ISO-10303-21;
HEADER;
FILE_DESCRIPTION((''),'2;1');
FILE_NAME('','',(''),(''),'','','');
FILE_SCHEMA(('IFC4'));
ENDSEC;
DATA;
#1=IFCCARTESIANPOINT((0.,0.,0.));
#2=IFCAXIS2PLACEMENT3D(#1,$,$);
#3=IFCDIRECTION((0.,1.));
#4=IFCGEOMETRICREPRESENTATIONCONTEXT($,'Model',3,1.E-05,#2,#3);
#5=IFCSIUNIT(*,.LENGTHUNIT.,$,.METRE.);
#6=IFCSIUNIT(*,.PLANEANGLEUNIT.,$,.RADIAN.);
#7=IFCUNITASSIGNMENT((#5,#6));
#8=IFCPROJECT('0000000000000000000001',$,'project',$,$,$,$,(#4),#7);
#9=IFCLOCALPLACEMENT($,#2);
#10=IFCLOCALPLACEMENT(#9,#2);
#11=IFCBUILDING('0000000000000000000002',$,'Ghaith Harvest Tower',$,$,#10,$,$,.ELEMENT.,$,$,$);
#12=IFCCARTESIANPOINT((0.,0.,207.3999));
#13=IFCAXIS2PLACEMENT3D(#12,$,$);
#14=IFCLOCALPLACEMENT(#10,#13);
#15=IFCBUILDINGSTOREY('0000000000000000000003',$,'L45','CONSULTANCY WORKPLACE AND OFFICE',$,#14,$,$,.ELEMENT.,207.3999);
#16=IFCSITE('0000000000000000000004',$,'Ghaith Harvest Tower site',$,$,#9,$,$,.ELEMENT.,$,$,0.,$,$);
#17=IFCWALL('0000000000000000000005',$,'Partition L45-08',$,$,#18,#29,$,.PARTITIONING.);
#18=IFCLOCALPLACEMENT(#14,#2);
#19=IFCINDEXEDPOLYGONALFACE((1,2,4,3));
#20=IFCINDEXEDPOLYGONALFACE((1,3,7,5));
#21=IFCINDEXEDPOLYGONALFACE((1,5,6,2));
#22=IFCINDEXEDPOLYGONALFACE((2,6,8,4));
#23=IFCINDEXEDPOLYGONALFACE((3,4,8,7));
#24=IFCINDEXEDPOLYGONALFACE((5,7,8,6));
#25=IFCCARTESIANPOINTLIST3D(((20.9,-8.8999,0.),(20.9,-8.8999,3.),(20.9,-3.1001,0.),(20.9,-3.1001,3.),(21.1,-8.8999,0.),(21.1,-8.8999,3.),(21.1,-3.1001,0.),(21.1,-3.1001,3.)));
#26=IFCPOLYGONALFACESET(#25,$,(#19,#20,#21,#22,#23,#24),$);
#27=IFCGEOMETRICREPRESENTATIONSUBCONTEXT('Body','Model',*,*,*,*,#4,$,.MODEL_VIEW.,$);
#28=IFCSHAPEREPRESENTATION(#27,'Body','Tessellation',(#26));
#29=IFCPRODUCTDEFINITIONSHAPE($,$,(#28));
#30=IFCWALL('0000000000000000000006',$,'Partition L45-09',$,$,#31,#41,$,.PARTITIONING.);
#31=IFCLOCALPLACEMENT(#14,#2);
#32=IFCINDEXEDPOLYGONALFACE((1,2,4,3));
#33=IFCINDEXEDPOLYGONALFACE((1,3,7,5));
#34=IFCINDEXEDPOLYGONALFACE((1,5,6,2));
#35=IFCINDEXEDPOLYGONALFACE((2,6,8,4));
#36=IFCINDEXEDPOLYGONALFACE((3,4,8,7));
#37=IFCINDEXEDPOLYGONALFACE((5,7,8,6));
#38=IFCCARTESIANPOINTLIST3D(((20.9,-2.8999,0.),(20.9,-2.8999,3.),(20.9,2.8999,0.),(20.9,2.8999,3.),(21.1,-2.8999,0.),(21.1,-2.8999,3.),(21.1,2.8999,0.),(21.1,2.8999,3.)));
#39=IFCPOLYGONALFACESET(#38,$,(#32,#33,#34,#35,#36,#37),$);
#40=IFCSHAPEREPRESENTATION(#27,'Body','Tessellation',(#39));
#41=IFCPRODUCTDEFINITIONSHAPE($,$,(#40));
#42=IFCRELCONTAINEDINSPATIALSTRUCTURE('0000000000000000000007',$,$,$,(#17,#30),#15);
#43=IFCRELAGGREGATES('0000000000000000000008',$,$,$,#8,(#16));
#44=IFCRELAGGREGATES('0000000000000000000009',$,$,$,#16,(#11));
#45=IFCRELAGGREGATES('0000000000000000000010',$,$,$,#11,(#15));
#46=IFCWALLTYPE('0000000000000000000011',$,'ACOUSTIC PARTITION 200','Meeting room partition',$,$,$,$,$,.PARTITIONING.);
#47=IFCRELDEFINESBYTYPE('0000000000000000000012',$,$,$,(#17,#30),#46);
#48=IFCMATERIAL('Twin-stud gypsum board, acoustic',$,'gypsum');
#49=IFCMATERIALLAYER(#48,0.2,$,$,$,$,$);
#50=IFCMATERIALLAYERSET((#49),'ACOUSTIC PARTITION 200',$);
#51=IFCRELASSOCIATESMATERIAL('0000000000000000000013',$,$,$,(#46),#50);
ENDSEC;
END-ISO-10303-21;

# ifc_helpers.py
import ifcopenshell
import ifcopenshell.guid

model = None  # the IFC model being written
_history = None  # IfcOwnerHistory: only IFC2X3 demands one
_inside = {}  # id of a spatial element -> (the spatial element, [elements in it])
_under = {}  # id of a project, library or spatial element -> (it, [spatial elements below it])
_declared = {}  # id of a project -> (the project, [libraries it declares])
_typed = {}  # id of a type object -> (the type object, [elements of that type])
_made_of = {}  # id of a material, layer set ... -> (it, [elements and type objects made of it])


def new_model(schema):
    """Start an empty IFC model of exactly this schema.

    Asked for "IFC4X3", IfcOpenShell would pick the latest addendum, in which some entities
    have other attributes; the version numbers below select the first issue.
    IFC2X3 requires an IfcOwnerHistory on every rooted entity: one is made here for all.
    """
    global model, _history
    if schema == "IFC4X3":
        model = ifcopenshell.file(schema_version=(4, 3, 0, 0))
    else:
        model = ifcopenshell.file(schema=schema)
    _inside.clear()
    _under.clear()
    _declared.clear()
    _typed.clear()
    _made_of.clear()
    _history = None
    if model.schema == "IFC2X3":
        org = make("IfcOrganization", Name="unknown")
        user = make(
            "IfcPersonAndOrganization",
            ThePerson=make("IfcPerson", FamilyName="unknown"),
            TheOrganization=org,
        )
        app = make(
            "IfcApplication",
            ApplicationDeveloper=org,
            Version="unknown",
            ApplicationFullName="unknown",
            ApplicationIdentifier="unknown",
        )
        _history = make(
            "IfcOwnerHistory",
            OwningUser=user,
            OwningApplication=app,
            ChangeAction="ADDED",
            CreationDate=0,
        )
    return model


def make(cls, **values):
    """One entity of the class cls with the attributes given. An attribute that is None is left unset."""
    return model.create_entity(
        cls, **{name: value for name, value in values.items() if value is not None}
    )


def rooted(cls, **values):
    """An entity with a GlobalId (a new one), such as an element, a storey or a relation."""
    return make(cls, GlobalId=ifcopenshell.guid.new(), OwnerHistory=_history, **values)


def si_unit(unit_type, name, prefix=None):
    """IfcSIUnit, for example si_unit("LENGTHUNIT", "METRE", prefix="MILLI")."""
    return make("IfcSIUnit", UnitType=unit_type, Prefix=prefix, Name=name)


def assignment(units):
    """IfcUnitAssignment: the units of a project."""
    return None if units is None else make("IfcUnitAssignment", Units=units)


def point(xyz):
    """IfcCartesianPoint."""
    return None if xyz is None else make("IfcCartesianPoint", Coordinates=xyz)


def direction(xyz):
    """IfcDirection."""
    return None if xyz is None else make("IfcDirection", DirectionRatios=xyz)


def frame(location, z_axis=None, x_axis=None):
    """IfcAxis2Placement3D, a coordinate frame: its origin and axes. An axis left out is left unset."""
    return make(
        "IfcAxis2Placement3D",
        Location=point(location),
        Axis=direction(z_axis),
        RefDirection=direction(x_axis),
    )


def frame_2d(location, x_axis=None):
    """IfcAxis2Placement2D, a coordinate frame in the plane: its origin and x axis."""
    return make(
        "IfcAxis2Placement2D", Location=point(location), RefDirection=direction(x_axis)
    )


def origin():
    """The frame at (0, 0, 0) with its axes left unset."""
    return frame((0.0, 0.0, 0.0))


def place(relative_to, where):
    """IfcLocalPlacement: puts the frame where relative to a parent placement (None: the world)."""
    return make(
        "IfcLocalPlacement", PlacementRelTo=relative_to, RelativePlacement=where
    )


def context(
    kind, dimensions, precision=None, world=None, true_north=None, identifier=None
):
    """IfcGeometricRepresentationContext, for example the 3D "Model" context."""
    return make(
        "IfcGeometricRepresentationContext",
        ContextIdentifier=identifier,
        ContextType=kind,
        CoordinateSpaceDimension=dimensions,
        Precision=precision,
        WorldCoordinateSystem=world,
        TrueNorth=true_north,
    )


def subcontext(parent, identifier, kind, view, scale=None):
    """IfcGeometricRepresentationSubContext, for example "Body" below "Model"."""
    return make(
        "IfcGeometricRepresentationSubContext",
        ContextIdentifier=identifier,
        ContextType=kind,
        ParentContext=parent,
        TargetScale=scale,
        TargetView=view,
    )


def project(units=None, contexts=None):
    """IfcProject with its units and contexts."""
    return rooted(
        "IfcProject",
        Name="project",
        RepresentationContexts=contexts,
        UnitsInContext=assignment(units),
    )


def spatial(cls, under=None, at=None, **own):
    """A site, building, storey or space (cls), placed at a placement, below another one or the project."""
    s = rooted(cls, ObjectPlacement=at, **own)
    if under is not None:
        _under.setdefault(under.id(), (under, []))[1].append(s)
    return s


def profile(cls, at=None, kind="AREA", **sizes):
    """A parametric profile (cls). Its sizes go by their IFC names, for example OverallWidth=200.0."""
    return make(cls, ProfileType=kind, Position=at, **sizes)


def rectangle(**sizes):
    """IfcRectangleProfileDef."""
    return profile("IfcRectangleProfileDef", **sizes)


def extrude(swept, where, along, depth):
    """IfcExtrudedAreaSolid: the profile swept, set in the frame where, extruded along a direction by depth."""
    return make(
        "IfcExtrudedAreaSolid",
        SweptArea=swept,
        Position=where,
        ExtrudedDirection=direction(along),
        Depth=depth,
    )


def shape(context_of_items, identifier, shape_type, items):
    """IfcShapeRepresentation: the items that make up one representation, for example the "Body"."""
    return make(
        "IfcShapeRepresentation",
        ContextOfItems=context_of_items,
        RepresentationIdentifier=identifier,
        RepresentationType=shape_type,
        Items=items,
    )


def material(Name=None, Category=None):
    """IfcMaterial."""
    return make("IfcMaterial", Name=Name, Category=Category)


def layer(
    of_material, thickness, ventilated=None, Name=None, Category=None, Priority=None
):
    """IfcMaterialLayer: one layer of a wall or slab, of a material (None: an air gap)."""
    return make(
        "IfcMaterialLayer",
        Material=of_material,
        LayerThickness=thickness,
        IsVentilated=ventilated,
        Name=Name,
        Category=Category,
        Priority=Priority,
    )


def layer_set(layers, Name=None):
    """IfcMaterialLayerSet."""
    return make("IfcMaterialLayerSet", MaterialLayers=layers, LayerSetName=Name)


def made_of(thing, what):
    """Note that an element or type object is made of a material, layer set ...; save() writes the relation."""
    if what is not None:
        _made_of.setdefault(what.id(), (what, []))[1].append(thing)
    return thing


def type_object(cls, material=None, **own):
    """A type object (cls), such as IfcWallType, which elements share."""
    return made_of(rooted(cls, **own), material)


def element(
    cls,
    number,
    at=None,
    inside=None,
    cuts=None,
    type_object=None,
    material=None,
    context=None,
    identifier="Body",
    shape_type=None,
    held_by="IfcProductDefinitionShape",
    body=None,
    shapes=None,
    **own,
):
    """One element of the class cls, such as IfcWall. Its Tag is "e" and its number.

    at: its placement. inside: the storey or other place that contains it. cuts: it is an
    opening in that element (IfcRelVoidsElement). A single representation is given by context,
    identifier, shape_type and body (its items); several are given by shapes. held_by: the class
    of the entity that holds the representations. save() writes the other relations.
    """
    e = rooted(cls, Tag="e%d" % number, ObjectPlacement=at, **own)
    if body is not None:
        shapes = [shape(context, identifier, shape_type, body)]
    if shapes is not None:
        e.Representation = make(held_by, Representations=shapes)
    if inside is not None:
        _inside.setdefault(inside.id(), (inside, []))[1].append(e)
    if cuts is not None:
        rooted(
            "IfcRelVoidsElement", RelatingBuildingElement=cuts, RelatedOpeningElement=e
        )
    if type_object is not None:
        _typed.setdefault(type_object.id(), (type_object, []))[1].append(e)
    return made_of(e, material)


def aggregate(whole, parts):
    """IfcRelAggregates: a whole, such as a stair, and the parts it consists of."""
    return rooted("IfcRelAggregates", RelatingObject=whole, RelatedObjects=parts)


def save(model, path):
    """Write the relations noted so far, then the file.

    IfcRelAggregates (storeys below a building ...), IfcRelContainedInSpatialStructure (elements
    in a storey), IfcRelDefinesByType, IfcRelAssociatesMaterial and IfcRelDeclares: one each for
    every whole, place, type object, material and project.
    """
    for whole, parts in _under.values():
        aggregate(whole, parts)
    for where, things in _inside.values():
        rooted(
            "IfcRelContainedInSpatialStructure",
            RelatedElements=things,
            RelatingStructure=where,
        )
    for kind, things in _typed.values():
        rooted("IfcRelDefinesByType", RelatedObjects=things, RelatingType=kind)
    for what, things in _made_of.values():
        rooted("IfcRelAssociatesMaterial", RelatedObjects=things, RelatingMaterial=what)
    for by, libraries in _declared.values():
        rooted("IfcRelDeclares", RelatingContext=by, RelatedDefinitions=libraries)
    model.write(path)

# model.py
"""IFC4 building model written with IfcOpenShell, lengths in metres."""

from ifc_helpers import new_model, si_unit, direction, frame, frame_2d, origin, place, context, subcontext, project, spatial, rectangle, extrude, material, layer, layer_set, type_object, element, save


model = new_model("IFC4")

# Units and contexts
model_context = context("Model", 3, precision=1e-05, world=origin(), true_north=direction((0.0, 1.0)))
body_context = subcontext(model_context, "Body", "Model", "MODEL_VIEW")
ifc_project = project(units=[si_unit("LENGTHUNIT", "METRE"), si_unit("PLANEANGLEUNIT", "RADIAN")], contexts=[model_context])

# Site, building, storey
site_placement = place(None, origin())
site = spatial("IfcSite", under=ifc_project, at=site_placement, Name="Ghaith Harvest Tower site", CompositionType="ELEMENT", RefElevation=0.0)
building_placement = place(site_placement, origin())
building = spatial("IfcBuilding", under=site, at=building_placement, Name="Ghaith Harvest Tower", CompositionType="ELEMENT")
storey_placement = place(building_placement, frame((0.0, 0.0, 207.3999)))
storey = spatial("IfcBuildingStorey", under=building, at=storey_placement, Name="L45", Description="CONSULTANCY WORKPLACE AND OFFICE", CompositionType="ELEMENT", Elevation=207.3999)

# Shared definitions
ifc_material_1 = material(Name="Twin-stud gypsum board, acoustic", Category="gypsum")
ifc_layer_1 = layer(ifc_material_1, 0.2)
ifc_layer_set_1 = layer_set([ifc_layer_1], Name="ACOUSTIC PARTITION 200")
wall_type_1 = type_object("IfcWallType", Name="ACOUSTIC PARTITION 200", Description="Meeting room partition", PredefinedType="PARTITIONING", material=ifc_layer_set_1)

# Wall
wall_1_placement = place(storey_placement, frame((21.0, -8.8999, 0.0), z_axis=(0.0, 0.0, 1.0), x_axis=(0.0, 1.0, 0.0)))
element("IfcWall", 1, at=wall_1_placement, inside=storey, type_object=wall_type_1, Name="Partition L45-08", PredefinedType="PARTITIONING", context=body_context, shape_type="SweptSolid", body=[
    extrude(rectangle(XDim=5.7998, YDim=0.2, at=frame_2d((2.8999, 0.0))), origin(), (0.0, 0.0, 1.0), 3.0),
])

# Wall
wall_2_placement = place(storey_placement, frame((21.0, -2.8999, 0.0), z_axis=(0.0, 0.0, 1.0), x_axis=(0.0, 1.0, 0.0)))
element("IfcWall", 2, at=wall_2_placement, inside=storey, type_object=wall_type_1, Name="Partition L45-09", PredefinedType="PARTITIONING", context=body_context, shape_type="SweptSolid", body=[
    extrude(rectangle(XDim=5.7998, YDim=0.2, at=frame_2d((2.8999, 0.0))), origin(), (0.0, 0.0, 1.0), 3.0),
])

save(model, "model.ifc")
